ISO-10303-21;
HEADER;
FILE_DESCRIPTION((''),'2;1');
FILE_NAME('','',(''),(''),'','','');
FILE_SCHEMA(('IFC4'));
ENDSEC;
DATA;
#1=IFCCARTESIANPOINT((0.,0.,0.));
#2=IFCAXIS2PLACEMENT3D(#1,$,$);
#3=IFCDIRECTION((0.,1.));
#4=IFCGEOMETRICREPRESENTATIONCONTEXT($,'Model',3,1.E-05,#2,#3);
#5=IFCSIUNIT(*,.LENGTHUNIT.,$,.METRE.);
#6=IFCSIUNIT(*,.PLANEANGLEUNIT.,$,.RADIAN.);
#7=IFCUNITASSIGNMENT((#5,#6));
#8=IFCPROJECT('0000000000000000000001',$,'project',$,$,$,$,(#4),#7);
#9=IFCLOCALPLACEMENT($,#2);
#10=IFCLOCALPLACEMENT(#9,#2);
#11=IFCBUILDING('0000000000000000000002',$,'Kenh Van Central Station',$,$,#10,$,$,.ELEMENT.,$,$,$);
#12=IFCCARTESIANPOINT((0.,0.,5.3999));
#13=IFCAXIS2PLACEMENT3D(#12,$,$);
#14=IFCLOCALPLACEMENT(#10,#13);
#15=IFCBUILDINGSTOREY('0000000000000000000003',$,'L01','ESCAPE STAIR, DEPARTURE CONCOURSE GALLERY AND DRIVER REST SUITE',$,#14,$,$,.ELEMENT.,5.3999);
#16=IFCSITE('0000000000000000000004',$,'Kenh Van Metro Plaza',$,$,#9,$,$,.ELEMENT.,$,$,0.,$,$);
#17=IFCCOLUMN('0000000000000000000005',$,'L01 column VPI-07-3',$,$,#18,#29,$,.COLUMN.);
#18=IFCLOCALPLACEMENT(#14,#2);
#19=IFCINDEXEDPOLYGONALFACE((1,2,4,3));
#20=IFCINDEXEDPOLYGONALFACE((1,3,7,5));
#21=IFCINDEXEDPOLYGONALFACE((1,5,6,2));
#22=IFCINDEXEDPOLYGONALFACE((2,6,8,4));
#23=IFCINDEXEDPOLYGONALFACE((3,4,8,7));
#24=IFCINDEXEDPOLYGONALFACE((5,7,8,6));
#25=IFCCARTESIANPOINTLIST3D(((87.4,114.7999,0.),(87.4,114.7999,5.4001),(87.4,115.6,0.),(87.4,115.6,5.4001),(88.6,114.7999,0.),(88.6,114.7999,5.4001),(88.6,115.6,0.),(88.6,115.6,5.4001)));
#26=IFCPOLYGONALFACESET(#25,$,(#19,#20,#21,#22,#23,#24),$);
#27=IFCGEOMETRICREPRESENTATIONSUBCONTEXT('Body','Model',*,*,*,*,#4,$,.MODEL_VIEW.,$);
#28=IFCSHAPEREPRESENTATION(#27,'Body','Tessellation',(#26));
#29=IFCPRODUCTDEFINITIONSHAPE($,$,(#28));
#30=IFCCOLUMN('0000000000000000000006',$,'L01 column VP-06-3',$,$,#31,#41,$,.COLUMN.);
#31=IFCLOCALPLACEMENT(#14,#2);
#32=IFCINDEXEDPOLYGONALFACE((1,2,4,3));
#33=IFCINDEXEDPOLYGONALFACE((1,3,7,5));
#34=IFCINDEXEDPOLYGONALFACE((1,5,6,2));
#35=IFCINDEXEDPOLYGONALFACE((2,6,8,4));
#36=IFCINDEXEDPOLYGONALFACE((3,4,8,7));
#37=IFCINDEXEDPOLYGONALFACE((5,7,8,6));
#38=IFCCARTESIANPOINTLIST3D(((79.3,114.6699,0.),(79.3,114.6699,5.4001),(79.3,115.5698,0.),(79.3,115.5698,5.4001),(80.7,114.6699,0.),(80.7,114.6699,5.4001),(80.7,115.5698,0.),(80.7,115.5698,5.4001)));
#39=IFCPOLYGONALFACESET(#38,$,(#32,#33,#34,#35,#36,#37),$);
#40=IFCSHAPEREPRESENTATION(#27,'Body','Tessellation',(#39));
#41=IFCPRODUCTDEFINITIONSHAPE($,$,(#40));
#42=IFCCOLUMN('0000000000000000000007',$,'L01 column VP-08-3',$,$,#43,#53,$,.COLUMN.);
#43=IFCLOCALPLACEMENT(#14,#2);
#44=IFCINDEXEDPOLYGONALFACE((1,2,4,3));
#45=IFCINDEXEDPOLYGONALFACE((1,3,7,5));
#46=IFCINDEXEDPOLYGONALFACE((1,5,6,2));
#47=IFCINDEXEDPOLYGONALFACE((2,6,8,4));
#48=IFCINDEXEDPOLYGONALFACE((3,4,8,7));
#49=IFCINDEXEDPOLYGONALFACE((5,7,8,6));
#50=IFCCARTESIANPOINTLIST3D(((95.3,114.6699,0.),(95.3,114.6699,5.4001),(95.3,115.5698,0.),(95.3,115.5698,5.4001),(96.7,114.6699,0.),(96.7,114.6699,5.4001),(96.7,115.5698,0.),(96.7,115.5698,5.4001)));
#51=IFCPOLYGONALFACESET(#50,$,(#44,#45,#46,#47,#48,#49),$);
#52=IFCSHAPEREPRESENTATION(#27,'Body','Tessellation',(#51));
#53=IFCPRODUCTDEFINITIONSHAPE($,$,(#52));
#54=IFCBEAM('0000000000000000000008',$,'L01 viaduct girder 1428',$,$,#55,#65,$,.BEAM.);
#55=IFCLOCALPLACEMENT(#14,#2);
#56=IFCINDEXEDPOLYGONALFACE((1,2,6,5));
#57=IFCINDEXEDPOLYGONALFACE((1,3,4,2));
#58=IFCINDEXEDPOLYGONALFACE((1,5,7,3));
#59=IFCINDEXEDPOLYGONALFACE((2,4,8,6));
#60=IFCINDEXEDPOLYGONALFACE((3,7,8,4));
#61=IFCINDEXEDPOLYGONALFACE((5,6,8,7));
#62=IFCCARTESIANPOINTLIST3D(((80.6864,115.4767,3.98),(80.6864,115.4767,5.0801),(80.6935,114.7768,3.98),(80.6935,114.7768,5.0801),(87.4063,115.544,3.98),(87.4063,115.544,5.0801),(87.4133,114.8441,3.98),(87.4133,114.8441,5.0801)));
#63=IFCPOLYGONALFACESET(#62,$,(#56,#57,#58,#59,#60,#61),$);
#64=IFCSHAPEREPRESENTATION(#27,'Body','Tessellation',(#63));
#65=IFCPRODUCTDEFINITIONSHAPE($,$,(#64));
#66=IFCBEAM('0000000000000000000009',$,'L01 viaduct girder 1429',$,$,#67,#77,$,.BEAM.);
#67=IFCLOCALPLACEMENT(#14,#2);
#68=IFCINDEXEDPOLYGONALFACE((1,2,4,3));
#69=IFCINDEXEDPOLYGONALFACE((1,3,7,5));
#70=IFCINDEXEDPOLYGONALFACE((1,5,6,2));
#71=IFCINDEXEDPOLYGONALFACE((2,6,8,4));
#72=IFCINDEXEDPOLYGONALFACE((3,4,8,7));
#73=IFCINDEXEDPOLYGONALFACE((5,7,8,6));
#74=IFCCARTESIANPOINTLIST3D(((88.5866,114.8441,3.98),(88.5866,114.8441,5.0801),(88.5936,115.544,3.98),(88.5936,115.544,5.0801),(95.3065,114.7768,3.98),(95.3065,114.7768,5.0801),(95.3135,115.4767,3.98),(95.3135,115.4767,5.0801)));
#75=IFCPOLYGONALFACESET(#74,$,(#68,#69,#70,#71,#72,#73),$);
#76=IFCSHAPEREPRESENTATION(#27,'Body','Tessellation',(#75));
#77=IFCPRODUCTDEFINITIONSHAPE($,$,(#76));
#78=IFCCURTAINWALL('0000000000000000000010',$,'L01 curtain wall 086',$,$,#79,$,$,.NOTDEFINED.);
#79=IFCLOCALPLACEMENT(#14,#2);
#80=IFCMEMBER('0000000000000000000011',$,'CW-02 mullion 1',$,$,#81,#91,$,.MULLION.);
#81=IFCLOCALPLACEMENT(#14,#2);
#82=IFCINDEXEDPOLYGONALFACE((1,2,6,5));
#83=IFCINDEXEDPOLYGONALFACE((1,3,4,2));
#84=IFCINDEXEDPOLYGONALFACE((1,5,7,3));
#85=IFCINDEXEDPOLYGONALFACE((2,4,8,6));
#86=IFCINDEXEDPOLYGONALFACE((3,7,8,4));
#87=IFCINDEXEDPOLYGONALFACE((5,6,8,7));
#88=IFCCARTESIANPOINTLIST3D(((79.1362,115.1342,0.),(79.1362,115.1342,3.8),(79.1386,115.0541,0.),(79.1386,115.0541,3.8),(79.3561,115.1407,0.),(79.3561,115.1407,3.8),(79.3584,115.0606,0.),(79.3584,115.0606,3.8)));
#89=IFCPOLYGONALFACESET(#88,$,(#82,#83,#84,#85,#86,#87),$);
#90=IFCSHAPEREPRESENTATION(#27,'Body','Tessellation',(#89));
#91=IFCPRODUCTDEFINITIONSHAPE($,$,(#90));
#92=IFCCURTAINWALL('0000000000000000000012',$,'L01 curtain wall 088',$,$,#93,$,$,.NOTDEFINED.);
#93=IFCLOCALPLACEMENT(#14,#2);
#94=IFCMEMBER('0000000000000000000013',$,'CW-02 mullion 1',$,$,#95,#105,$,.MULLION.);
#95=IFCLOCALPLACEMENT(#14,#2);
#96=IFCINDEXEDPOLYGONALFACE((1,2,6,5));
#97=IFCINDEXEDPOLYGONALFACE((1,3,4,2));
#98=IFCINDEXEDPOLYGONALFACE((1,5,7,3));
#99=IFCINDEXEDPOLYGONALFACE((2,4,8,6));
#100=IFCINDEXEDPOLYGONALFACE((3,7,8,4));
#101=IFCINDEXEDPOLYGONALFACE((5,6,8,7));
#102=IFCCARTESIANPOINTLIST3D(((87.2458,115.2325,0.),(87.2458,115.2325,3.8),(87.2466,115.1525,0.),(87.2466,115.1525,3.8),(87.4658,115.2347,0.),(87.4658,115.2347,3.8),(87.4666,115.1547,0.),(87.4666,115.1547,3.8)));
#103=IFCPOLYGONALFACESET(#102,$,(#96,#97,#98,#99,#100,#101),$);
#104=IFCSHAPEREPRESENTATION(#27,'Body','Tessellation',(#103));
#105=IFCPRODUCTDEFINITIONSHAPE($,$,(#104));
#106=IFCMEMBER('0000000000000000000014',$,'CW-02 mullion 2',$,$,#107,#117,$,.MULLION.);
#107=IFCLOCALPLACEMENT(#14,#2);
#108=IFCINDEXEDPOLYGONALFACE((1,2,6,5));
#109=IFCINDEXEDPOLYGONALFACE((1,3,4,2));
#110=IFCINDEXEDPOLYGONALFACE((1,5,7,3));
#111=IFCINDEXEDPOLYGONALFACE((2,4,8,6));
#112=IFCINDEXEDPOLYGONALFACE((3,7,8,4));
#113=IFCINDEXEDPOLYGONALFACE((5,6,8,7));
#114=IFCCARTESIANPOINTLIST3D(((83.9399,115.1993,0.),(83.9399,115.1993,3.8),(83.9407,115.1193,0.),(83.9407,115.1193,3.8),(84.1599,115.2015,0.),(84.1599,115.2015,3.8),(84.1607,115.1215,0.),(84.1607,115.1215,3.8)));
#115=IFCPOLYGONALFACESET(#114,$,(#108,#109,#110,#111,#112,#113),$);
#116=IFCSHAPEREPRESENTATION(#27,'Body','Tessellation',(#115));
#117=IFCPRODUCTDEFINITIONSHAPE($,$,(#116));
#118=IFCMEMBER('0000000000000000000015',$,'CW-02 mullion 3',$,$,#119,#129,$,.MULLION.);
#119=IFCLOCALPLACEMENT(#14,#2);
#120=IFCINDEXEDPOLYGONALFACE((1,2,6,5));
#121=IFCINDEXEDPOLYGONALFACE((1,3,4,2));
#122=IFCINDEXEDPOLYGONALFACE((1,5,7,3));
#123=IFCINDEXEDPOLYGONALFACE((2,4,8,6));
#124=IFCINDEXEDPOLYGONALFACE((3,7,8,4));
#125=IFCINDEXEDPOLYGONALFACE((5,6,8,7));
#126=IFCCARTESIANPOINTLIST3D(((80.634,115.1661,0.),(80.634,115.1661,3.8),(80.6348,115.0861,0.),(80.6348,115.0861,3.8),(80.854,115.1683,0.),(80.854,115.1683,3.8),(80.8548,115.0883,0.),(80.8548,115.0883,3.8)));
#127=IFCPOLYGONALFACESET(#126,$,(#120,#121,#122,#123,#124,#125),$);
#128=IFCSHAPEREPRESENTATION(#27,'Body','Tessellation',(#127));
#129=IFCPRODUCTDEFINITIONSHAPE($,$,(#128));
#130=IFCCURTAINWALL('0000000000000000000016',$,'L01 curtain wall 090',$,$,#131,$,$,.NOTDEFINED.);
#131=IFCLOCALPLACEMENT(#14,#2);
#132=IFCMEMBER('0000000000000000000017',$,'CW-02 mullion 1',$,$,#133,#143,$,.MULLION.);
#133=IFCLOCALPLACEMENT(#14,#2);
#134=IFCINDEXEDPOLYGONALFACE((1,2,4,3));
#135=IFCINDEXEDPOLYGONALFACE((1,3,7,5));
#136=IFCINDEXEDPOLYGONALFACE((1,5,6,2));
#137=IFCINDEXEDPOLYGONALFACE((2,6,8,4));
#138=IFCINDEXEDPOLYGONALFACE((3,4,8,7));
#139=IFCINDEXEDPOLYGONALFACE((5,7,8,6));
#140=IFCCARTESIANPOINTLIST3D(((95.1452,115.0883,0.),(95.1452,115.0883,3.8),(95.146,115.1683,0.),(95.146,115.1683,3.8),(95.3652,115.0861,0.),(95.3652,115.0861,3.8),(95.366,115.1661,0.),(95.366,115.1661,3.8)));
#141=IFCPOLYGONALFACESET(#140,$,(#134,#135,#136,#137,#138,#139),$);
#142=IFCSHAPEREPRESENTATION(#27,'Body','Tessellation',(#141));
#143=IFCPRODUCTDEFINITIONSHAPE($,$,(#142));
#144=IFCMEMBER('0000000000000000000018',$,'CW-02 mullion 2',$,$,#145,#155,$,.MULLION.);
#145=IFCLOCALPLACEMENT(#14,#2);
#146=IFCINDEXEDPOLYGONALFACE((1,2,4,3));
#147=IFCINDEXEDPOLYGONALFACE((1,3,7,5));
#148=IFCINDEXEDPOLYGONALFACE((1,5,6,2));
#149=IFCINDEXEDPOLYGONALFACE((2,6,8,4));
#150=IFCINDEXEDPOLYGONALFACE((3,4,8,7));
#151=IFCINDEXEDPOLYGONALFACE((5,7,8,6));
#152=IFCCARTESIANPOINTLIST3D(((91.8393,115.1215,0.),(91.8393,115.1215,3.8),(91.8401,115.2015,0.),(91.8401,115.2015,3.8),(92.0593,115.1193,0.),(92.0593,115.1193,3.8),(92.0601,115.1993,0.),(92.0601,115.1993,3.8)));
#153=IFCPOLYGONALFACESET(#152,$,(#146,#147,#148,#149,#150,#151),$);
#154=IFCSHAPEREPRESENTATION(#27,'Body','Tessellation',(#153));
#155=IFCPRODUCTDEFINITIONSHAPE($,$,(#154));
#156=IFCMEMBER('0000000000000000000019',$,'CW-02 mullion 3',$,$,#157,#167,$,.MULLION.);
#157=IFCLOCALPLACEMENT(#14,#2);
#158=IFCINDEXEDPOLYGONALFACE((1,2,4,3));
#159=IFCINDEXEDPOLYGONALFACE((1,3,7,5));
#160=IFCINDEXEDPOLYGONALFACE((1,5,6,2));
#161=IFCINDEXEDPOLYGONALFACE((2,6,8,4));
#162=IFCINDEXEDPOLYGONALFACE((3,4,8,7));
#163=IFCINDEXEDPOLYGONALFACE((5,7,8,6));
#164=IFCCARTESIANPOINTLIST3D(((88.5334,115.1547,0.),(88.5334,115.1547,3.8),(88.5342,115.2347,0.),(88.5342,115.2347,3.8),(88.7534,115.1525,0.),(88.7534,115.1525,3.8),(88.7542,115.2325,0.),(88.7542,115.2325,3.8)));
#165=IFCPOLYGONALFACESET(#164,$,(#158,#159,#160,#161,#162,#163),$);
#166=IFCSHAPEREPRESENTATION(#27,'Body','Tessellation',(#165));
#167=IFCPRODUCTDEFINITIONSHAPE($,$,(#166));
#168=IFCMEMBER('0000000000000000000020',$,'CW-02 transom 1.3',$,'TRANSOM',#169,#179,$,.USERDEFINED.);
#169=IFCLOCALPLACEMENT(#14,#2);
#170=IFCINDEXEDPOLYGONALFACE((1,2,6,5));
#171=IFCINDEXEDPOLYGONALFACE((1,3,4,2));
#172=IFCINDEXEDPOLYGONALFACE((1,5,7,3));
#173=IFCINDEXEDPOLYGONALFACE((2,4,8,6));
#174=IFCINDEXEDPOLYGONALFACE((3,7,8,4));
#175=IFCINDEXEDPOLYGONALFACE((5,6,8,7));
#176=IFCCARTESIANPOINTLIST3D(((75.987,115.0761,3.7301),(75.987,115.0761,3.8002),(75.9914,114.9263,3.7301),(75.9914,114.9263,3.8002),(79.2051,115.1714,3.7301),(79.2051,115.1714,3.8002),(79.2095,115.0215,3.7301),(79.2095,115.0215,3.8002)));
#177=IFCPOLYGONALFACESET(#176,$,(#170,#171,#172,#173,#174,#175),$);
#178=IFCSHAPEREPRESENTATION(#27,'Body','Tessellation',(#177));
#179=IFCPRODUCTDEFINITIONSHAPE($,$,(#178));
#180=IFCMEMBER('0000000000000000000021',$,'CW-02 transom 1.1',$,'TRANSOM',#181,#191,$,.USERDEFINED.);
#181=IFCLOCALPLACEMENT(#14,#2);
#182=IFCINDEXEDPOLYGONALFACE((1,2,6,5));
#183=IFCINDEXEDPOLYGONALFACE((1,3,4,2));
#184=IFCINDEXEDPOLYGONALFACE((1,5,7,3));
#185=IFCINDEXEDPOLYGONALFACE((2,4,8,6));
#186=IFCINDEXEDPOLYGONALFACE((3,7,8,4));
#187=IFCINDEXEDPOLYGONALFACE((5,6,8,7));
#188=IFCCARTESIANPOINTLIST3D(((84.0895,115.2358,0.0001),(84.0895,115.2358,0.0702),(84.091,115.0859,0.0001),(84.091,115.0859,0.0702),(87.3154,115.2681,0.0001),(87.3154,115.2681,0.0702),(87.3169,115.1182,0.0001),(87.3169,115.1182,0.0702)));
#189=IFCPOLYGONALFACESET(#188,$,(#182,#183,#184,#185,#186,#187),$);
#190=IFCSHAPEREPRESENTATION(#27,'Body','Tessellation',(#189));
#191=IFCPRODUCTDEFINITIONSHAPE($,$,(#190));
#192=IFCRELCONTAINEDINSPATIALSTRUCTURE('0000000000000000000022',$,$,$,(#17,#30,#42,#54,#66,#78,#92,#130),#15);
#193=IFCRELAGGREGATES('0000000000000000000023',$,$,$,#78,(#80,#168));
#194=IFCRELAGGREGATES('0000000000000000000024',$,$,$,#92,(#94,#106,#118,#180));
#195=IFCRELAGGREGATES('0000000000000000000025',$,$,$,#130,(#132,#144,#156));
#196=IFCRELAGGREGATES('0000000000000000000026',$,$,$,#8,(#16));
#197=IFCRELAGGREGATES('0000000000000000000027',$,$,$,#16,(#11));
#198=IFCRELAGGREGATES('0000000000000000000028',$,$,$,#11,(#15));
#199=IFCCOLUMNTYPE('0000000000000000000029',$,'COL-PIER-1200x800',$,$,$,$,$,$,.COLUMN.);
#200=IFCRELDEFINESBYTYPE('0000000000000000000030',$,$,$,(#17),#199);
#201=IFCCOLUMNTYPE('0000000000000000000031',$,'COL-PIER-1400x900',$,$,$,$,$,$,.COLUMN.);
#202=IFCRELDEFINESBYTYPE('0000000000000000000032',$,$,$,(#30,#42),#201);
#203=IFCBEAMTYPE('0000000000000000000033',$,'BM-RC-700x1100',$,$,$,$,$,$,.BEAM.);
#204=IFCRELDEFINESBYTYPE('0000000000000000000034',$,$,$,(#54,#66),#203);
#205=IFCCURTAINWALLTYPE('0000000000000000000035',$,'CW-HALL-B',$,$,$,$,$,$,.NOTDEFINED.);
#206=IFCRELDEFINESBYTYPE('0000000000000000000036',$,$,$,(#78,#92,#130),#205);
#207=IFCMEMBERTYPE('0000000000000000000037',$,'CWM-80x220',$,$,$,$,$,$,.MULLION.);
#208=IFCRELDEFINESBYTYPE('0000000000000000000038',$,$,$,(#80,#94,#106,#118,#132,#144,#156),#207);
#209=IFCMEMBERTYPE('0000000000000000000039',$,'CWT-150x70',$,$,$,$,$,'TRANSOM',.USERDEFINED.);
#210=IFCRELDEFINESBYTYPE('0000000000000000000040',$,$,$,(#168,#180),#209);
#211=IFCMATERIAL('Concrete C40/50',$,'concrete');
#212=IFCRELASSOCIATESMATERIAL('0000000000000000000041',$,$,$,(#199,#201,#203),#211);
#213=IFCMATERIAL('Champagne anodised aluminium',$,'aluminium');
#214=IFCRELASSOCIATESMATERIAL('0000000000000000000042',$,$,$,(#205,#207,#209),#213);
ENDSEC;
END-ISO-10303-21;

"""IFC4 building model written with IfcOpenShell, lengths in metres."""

from ifc_helpers import new_model, si_unit, direction, frame, origin, origin_2d, place, context, subcontext, project, spatial, rectangle, extrude, material, material_profile, profile_set, type_object, element, aggregate, save


model = new_model("IFC4")

# Units and contexts
model_context = context("Model", 3, precision=1e-05, world=origin(), true_north=direction((0.0, 1.0)))
body_context = subcontext(model_context, "Body", "Model", "MODEL_VIEW")
ifc_project = project(units=[si_unit("LENGTHUNIT", "METRE"), si_unit("PLANEANGLEUNIT", "RADIAN")], contexts=[model_context])

# Site, building, storey
site_placement = place(None, origin())
site = spatial("IfcSite", under=ifc_project, at=site_placement, Name="Kenh Van Metro Plaza", CompositionType="ELEMENT", RefElevation=0.0)
building_placement = place(site_placement, origin())
building = spatial("IfcBuilding", under=site, at=building_placement, Name="Kenh Van Central Station", CompositionType="ELEMENT")
storey_placement = place(building_placement, frame((0.0, 0.0, 5.3999)))
storey = spatial("IfcBuildingStorey", under=building, at=storey_placement, Name="L01", Description="ESCAPE STAIR, DEPARTURE CONCOURSE GALLERY AND DRIVER REST SUITE", CompositionType="ELEMENT", Elevation=5.3999)

# Columns
ifc_material_1 = material(Name="Concrete C40/50", Category="concrete")
ifc_material_profile_1 = material_profile(ifc_material_1, rectangle(XDim=1.2, YDim=0.8, at=origin_2d()), Name="RC 1200x800")
ifc_profile_set_1 = profile_set([ifc_material_profile_1], Name="Concrete C40/50")
column_type_1 = type_object("IfcColumnType", Name="COL-PIER-1200x800", PredefinedType="COLUMN", material=ifc_profile_set_1)
column_placement = place(storey_placement, frame((88.0, 115.2, 0.0), z_axis=(0.0, 0.0, 1.0), x_axis=(1.0, 0.0, 0.0)))
element("IfcColumn", 1, at=column_placement, inside=storey, type_object=column_type_1, Name="L01 column VPI-07-3", PredefinedType="COLUMN", context=body_context, shape_type="SweptSolid", body=[
    extrude(rectangle(XDim=1.2, YDim=0.8, at=origin_2d()), origin(), (0.0, 0.0, 1.0), 5.4001),
])
ifc_material_profile_2 = material_profile(ifc_material_1, rectangle(XDim=1.3999, YDim=0.8999, at=origin_2d()), Name="RC 1400x900")
ifc_profile_set_2 = profile_set([ifc_material_profile_2], Name="Concrete C40/50")
column_type_2 = type_object("IfcColumnType", Name="COL-PIER-1400x900", PredefinedType="COLUMN", material=ifc_profile_set_2)
for number, where, z_axis, x_axis, name in (
    (2, (80.0, 115.1199, 0.0), (0.0, 0.0, 1.0), (1.0, 0.0, 0.0), "L01 column VP-06-3"),
    (3, (96.0, 115.1199, 0.0), (0.0, 0.0, 1.0), (1.0, 0.0, 0.0), "L01 column VP-08-3"),
):
    element("IfcColumn", number, at=place(storey_placement, frame(where, z_axis=z_axis, x_axis=x_axis)), inside=storey, type_object=column_type_2, Name=name, PredefinedType="COLUMN", context=body_context, shape_type="SweptSolid", body=[
        extrude(rectangle(XDim=1.3999, YDim=0.8999, at=origin_2d()), origin(), (0.0, 0.0, 1.0), 5.4001),
    ])

# Beams
ifc_material_profile_3 = material_profile(ifc_material_1, rectangle(XDim=0.7, YDim=1.1001, at=origin_2d()), Name="RC 700x1100")
ifc_profile_set_3 = profile_set([ifc_material_profile_3], Name="Concrete C40/50")
beam_type = type_object("IfcBeamType", Name="BM-RC-700x1100", PredefinedType="BEAM", material=ifc_profile_set_3)
for number, where, z_axis, x_axis, name in (
    (4, (80.6899, 115.1267, 4.53), (0.99995, 0.010027, 0.0), (-0.010027, 0.99995, 0.0), "L01 viaduct girder 1428"),
    (5, (88.5901, 115.1941, 4.53), (0.99995, -0.010027, 0.0), (0.010027, 0.99995, 0.0), "L01 viaduct girder 1429"),
):
    element("IfcBeam", number, at=place(storey_placement, frame(where, z_axis=z_axis, x_axis=x_axis)), inside=storey, type_object=beam_type, Name=name, PredefinedType="BEAM", context=body_context, shape_type="SweptSolid", body=[
        extrude(rectangle(XDim=0.7, YDim=1.1001, at=origin_2d()), origin(), (0.0, 0.0, 1.0), 6.7202),
    ])

# Curtain wall, member
ifc_material_2 = material(Name="Champagne anodised aluminium", Category="aluminium")
curtain_wall_type = type_object("IfcCurtainWallType", Name="CW-HALL-B", PredefinedType="NOTDEFINED", material=ifc_material_2)
curtain_wall_1_placement = place(storey_placement, origin())
curtain_wall_1 = element("IfcCurtainWall", 6, at=curtain_wall_1_placement, inside=storey, type_object=curtain_wall_type, Name="L01 curtain wall 086", PredefinedType="NOTDEFINED")
ifc_material_profile_4 = material_profile(ifc_material_2, rectangle(XDim=0.0801, YDim=0.22, at=origin_2d()), Name="AL 80x220")
ifc_profile_set_4 = profile_set([ifc_material_profile_4], Name="Champagne anodised aluminium")
member_type_1 = type_object("IfcMemberType", Name="CWM-80x220", PredefinedType="MULLION", material=ifc_profile_set_4)
member_1_placement = place(storey_placement, frame((79.2473, 115.0974, 0.0), z_axis=(0.0, 0.0, 1.0), x_axis=(0.029571, -0.999563, 0.0)))
member_1 = element("IfcMember", 7, at=member_1_placement, type_object=member_type_1, Name="CW-02 mullion 1", PredefinedType="MULLION", context=body_context, shape_type="SweptSolid", body=[
    extrude(rectangle(XDim=0.0801, YDim=0.22, at=origin_2d()), origin(), (0.0, 0.0, 1.0), 3.8),
])

# Curtain walls, members
curtain_wall_2_placement = place(storey_placement, origin())
curtain_wall_2 = element("IfcCurtainWall", 8, at=curtain_wall_2_placement, inside=storey, type_object=curtain_wall_type, Name="L01 curtain wall 088", PredefinedType="NOTDEFINED")
member_2_placement = place(storey_placement, frame((87.3562, 115.1936, 0.0), z_axis=(0.0, 0.0, 1.0), x_axis=(0.010012, -0.99995, 0.0)))
member_2 = element("IfcMember", 9, at=member_2_placement, type_object=member_type_1, Name="CW-02 mullion 1", PredefinedType="MULLION", context=body_context, shape_type="SweptSolid", body=[
    extrude(rectangle(XDim=0.0801, YDim=0.22, at=origin_2d()), origin(), (0.0, 0.0, 1.0), 3.8),
])
member_3_placement = place(storey_placement, frame((84.0503, 115.1604, 0.0), z_axis=(0.0, 0.0, 1.0), x_axis=(0.010012, -0.99995, 0.0)))
member_3 = element("IfcMember", 10, at=member_3_placement, type_object=member_type_1, Name="CW-02 mullion 2", PredefinedType="MULLION", context=body_context, shape_type="SweptSolid", body=[
    extrude(rectangle(XDim=0.0801, YDim=0.22, at=origin_2d()), origin(), (0.0, 0.0, 1.0), 3.8),
])
member_4_placement = place(storey_placement, frame((80.7444, 115.1272, 0.0), z_axis=(0.0, 0.0, 1.0), x_axis=(0.010012, -0.99995, 0.0)))
member_4 = element("IfcMember", 11, at=member_4_placement, type_object=member_type_1, Name="CW-02 mullion 3", PredefinedType="MULLION", context=body_context, shape_type="SweptSolid", body=[
    extrude(rectangle(XDim=0.0801, YDim=0.22, at=origin_2d()), origin(), (0.0, 0.0, 1.0), 3.8),
])
curtain_wall_3_placement = place(storey_placement, origin())
curtain_wall_3 = element("IfcCurtainWall", 12, at=curtain_wall_3_placement, inside=storey, type_object=curtain_wall_type, Name="L01 curtain wall 090", PredefinedType="NOTDEFINED")
member_5_placement = place(storey_placement, frame((95.2556, 115.1272, 0.0), z_axis=(0.0, 0.0, 1.0), x_axis=(-0.010012, -0.99995, 0.0)))
member_5 = element("IfcMember", 13, at=member_5_placement, type_object=member_type_1, Name="CW-02 mullion 1", PredefinedType="MULLION", context=body_context, shape_type="SweptSolid", body=[
    extrude(rectangle(XDim=0.0801, YDim=0.22, at=origin_2d()), origin(), (0.0, 0.0, 1.0), 3.8),
])
member_6_placement = place(storey_placement, frame((91.9497, 115.1604, 0.0), z_axis=(0.0, 0.0, 1.0), x_axis=(-0.010012, -0.99995, 0.0)))
member_6 = element("IfcMember", 14, at=member_6_placement, type_object=member_type_1, Name="CW-02 mullion 2", PredefinedType="MULLION", context=body_context, shape_type="SweptSolid", body=[
    extrude(rectangle(XDim=0.0801, YDim=0.22, at=origin_2d()), origin(), (0.0, 0.0, 1.0), 3.8),
])
member_7_placement = place(storey_placement, frame((88.6438, 115.1936, 0.0), z_axis=(0.0, 0.0, 1.0), x_axis=(-0.010012, -0.99995, 0.0)))
member_7 = element("IfcMember", 15, at=member_7_placement, type_object=member_type_1, Name="CW-02 mullion 3", PredefinedType="MULLION", context=body_context, shape_type="SweptSolid", body=[
    extrude(rectangle(XDim=0.0801, YDim=0.22, at=origin_2d()), origin(), (0.0, 0.0, 1.0), 3.8),
])

# Members
ifc_material_profile_5 = material_profile(ifc_material_2, rectangle(XDim=0.1499, YDim=0.0701, at=origin_2d()), Name="AL 150x70")
ifc_profile_set_5 = profile_set([ifc_material_profile_5], Name="Champagne anodised aluminium")
member_type_2 = type_object("IfcMemberType", Name="CWT-150x70", ElementType="TRANSOM", PredefinedType="USERDEFINED", material=ifc_profile_set_5)
member_8_placement = place(storey_placement, frame((79.2073, 115.0964, 3.7651), z_axis=(-0.999563, -0.029575, 0.0), x_axis=(0.029575, -0.999563, 0.0)))
member_8 = element("IfcMember", 16, at=member_8_placement, type_object=member_type_2, Name="CW-02 transom 1.3", ObjectType="TRANSOM", PredefinedType="USERDEFINED", context=body_context, shape_type="SweptSolid", body=[
    extrude(rectangle(XDim=0.1499, YDim=0.0701, at=origin_2d()), origin(), (0.0, 0.0, 1.0), 3.2195),
])
aggregate(curtain_wall_1, [member_1, member_8])
member_9_placement = place(storey_placement, frame((87.3162, 115.1931, 0.0352), z_axis=(-0.99995, -0.00999, 0.0), x_axis=(0.00999, -0.99995, 0.0)))
member_9 = element("IfcMember", 17, at=member_9_placement, type_object=member_type_2, Name="CW-02 transom 1.1", ObjectType="TRANSOM", PredefinedType="USERDEFINED", context=body_context, shape_type="SweptSolid", body=[
    extrude(rectangle(XDim=0.1499, YDim=0.0701, at=origin_2d()), origin(), (0.0, 0.0, 1.0), 3.2261),
])

aggregate(curtain_wall_2, [member_2, member_3, member_4, member_9])
aggregate(curtain_wall_3, [member_5, member_6, member_7])

save(model, "model.ifc")
